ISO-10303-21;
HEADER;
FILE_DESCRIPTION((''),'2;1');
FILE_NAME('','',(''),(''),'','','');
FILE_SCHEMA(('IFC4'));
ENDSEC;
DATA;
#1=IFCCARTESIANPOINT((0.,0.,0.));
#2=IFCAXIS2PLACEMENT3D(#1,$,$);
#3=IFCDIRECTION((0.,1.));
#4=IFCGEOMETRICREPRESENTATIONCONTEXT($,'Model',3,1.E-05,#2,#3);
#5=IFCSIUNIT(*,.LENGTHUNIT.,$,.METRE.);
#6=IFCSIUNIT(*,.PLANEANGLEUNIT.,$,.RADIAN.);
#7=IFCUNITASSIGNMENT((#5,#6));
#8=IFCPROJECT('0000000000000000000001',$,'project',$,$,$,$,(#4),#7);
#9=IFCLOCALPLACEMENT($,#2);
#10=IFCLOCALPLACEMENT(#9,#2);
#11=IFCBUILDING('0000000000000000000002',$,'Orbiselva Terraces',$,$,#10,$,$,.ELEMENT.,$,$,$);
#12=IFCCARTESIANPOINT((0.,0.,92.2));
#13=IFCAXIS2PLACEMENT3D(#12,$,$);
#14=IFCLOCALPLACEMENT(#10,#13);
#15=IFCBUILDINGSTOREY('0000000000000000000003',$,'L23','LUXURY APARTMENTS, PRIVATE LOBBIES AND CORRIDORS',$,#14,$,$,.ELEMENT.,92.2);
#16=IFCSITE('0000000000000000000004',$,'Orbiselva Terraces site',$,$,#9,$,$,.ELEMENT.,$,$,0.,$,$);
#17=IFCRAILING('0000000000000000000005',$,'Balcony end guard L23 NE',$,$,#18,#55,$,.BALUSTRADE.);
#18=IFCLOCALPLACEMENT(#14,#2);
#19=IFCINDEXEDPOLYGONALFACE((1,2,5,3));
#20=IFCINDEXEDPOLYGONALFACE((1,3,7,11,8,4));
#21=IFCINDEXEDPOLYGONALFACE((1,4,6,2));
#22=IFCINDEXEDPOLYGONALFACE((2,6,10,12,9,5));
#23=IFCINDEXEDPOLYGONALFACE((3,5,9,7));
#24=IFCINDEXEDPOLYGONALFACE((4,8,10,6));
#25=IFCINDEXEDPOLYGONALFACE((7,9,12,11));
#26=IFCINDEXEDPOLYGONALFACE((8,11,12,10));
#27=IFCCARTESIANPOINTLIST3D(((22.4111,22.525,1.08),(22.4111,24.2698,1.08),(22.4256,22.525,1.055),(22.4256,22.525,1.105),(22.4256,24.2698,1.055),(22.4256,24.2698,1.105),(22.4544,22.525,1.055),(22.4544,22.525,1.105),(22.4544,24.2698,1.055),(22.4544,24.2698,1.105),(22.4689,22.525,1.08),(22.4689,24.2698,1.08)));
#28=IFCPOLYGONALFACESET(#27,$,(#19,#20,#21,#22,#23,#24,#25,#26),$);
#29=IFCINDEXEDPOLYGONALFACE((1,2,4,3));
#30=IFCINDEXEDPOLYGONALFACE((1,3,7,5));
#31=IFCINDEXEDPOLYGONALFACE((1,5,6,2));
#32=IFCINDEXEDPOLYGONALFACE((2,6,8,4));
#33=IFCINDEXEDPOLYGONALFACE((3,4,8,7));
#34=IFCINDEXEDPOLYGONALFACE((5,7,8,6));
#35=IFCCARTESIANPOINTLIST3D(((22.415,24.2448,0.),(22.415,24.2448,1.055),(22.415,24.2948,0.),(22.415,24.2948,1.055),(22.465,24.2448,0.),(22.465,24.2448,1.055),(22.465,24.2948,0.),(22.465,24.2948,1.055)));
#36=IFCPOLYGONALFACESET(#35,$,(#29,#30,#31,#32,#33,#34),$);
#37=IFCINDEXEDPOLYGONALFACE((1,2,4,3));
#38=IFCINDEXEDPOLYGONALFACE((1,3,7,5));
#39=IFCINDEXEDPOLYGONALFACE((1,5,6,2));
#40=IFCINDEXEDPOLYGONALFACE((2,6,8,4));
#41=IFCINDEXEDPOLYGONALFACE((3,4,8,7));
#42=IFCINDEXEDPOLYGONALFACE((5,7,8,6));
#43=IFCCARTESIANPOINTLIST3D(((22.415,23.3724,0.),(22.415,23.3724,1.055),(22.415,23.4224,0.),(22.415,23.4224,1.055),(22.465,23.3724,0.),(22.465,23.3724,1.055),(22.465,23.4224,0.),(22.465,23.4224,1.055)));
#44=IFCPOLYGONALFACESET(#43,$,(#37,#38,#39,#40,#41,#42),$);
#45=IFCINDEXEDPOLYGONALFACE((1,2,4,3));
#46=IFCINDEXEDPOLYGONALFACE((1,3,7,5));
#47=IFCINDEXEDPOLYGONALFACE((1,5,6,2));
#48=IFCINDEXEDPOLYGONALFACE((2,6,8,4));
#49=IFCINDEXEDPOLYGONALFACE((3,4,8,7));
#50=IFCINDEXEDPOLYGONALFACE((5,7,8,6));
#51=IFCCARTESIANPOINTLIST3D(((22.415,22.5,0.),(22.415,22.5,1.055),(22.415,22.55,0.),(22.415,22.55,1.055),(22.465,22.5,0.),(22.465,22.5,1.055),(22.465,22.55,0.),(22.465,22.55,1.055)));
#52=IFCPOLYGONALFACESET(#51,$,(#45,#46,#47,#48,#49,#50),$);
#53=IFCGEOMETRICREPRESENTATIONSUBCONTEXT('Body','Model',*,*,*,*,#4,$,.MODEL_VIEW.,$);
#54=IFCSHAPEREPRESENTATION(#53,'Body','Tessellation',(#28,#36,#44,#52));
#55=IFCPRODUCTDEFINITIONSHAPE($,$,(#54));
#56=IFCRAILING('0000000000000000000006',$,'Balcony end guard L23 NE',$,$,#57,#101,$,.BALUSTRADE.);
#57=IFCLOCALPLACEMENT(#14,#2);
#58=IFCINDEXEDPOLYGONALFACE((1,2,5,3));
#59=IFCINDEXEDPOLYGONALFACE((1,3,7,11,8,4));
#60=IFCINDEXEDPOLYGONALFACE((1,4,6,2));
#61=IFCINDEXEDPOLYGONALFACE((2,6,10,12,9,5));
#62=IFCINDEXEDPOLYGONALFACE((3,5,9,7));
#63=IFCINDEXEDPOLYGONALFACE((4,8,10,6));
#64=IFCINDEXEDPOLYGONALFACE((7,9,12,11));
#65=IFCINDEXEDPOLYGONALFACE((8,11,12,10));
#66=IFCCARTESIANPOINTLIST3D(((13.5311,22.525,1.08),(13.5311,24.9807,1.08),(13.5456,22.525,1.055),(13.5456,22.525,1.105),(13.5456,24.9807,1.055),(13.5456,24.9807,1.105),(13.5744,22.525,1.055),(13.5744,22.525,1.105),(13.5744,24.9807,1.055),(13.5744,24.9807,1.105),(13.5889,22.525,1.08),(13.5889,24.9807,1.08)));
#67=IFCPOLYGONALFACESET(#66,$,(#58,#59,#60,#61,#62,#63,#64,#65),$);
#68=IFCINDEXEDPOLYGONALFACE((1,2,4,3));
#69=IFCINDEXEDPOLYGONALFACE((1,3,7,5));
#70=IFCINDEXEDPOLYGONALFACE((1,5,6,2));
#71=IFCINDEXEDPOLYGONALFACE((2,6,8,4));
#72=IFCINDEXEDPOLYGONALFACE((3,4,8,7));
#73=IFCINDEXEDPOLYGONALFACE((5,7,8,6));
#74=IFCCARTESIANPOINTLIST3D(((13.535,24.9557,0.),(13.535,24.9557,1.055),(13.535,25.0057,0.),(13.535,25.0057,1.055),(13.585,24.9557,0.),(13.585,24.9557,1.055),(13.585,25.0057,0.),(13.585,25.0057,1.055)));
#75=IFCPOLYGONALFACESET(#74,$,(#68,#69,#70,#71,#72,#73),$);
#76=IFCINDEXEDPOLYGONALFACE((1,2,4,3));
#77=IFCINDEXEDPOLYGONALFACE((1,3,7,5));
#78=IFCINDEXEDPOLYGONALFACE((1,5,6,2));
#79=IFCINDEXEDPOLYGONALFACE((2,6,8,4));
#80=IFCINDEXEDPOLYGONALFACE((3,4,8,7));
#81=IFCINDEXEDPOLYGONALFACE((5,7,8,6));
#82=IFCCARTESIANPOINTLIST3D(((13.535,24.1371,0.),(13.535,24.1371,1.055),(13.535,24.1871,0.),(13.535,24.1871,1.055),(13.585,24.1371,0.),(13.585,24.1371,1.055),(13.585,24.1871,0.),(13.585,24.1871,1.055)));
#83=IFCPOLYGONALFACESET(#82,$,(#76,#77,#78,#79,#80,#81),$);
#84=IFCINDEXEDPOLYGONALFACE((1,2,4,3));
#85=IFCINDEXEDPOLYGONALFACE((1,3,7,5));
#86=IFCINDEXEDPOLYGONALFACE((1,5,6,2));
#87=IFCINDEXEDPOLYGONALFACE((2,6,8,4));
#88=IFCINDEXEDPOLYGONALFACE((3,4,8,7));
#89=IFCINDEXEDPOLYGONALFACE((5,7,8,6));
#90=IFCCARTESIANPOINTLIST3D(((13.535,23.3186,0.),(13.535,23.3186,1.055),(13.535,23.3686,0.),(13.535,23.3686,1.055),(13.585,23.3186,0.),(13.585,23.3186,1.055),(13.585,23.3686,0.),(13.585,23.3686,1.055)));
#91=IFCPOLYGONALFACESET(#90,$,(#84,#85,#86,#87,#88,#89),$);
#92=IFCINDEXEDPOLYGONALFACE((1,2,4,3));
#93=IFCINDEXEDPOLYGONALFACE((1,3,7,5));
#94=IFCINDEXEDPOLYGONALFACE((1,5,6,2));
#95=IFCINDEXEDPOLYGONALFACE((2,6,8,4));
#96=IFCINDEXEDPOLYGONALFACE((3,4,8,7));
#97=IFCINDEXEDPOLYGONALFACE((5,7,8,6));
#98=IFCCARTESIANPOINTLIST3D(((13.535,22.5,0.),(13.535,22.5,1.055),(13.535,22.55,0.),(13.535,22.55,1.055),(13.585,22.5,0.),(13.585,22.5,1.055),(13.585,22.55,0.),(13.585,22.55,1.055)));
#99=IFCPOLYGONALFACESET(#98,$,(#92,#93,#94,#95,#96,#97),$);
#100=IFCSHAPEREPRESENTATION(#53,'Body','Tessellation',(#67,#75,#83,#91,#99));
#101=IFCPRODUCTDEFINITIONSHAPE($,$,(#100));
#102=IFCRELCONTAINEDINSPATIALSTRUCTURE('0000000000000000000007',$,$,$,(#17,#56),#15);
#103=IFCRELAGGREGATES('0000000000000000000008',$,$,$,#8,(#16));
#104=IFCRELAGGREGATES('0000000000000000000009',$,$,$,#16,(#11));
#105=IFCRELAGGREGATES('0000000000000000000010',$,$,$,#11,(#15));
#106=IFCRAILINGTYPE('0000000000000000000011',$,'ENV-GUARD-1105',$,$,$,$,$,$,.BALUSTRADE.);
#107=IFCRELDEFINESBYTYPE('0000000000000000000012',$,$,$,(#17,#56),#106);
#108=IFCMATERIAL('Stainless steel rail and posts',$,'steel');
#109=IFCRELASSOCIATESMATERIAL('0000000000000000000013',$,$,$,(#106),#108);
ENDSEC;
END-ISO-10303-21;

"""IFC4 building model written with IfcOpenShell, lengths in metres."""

from ifc_helpers import new_model, si_unit, direction, frame, origin, origin_2d, place, context, subcontext, project, spatial, polyline, rectangle, outline, extrude, material, type_object, element, save


model = new_model("IFC4")

# Units and contexts
model_context = context("Model", 3, precision=1e-05, world=origin(), true_north=direction((0.0, 1.0)))
body_context = subcontext(model_context, "Body", "Model", "MODEL_VIEW")
ifc_project = project(units=[si_unit("LENGTHUNIT", "METRE"), si_unit("PLANEANGLEUNIT", "RADIAN")], contexts=[model_context])

# Site, building, storey
site_placement = place(None, origin())
site = spatial("IfcSite", under=ifc_project, at=site_placement, Name="Orbiselva Terraces site", CompositionType="ELEMENT", RefElevation=0.0)
building_placement = place(site_placement, origin())
building = spatial("IfcBuilding", under=site, at=building_placement, Name="Orbiselva Terraces", CompositionType="ELEMENT")
storey_placement = place(building_placement, frame((0.0, 0.0, 92.2)))
storey = spatial("IfcBuildingStorey", under=building, at=storey_placement, Name="L23", Description="LUXURY APARTMENTS, PRIVATE LOBBIES AND CORRIDORS", CompositionType="ELEMENT", Elevation=92.2)

# Railings
ifc_material_1 = material(Name="Stainless steel rail and posts", Category="steel")
railing_type_1 = type_object("IfcRailingType", Name="ENV-GUARD-1105", PredefinedType="BALUSTRADE", material=ifc_material_1)
railing_1_placement = place(storey_placement, frame((22.44, 24.2698, 0.0)))
element("IfcRailing", 1, at=railing_1_placement, inside=storey, type_object=railing_type_1, Name="Balcony end guard L23 NE", PredefinedType="BALUSTRADE", context=body_context, shape_type="SweptSolid", body=[
    extrude(outline(polyline([(0.0289, 0.0), (0.0144, 0.025), (-0.0144, 0.025), (-0.0289, 0.0), (-0.0144, -0.025), (0.0144, -0.025), (0.0289, 0.0)])), frame((0.0, 0.0, 1.08), z_axis=(0.0, -1.0, 0.0), x_axis=(1.0, 0.0, 0.0)), (0.0, 0.0, 1.0), 1.7448),
    extrude(rectangle(XDim=0.05, YDim=0.05, at=origin_2d()), origin(), (0.0, 0.0, 1.0), 1.055),
    extrude(rectangle(XDim=0.05, YDim=0.05, at=origin_2d()), frame((0.0, -0.8724, 0.0)), (0.0, 0.0, 1.0), 1.055),
    extrude(rectangle(XDim=0.05, YDim=0.05, at=origin_2d()), frame((0.0, -1.7448, 0.0)), (0.0, 0.0, 1.0), 1.055),
])
railing_2_placement = place(storey_placement, frame((13.56, 24.9807, 0.0)))
element("IfcRailing", 2, at=railing_2_placement, inside=storey, type_object=railing_type_1, Name="Balcony end guard L23 NE", PredefinedType="BALUSTRADE", context=body_context, shape_type="SweptSolid", body=[
    extrude(outline(polyline([(0.0289, 0.0), (0.0144, 0.025), (-0.0144, 0.025), (-0.0289, 0.0), (-0.0144, -0.025), (0.0144, -0.025), (0.0289, 0.0)])), frame((0.0, 0.0, 1.08), z_axis=(0.0, -1.0, 0.0), x_axis=(1.0, 0.0, 0.0)), (0.0, 0.0, 1.0), 2.4557),
    extrude(rectangle(XDim=0.05, YDim=0.05, at=origin_2d()), origin(), (0.0, 0.0, 1.0), 1.055),
    extrude(rectangle(XDim=0.05, YDim=0.05, at=origin_2d()), frame((0.0, -0.8186, 0.0)), (0.0, 0.0, 1.0), 1.055),
    extrude(rectangle(XDim=0.05, YDim=0.05, at=origin_2d()), frame((0.0, -1.6371, 0.0)), (0.0, 0.0, 1.0), 1.055),
    extrude(rectangle(XDim=0.05, YDim=0.05, at=origin_2d()), frame((0.0, -2.4557, 0.0)), (0.0, 0.0, 1.0), 1.055),
])

save(model, "model.ifc")
